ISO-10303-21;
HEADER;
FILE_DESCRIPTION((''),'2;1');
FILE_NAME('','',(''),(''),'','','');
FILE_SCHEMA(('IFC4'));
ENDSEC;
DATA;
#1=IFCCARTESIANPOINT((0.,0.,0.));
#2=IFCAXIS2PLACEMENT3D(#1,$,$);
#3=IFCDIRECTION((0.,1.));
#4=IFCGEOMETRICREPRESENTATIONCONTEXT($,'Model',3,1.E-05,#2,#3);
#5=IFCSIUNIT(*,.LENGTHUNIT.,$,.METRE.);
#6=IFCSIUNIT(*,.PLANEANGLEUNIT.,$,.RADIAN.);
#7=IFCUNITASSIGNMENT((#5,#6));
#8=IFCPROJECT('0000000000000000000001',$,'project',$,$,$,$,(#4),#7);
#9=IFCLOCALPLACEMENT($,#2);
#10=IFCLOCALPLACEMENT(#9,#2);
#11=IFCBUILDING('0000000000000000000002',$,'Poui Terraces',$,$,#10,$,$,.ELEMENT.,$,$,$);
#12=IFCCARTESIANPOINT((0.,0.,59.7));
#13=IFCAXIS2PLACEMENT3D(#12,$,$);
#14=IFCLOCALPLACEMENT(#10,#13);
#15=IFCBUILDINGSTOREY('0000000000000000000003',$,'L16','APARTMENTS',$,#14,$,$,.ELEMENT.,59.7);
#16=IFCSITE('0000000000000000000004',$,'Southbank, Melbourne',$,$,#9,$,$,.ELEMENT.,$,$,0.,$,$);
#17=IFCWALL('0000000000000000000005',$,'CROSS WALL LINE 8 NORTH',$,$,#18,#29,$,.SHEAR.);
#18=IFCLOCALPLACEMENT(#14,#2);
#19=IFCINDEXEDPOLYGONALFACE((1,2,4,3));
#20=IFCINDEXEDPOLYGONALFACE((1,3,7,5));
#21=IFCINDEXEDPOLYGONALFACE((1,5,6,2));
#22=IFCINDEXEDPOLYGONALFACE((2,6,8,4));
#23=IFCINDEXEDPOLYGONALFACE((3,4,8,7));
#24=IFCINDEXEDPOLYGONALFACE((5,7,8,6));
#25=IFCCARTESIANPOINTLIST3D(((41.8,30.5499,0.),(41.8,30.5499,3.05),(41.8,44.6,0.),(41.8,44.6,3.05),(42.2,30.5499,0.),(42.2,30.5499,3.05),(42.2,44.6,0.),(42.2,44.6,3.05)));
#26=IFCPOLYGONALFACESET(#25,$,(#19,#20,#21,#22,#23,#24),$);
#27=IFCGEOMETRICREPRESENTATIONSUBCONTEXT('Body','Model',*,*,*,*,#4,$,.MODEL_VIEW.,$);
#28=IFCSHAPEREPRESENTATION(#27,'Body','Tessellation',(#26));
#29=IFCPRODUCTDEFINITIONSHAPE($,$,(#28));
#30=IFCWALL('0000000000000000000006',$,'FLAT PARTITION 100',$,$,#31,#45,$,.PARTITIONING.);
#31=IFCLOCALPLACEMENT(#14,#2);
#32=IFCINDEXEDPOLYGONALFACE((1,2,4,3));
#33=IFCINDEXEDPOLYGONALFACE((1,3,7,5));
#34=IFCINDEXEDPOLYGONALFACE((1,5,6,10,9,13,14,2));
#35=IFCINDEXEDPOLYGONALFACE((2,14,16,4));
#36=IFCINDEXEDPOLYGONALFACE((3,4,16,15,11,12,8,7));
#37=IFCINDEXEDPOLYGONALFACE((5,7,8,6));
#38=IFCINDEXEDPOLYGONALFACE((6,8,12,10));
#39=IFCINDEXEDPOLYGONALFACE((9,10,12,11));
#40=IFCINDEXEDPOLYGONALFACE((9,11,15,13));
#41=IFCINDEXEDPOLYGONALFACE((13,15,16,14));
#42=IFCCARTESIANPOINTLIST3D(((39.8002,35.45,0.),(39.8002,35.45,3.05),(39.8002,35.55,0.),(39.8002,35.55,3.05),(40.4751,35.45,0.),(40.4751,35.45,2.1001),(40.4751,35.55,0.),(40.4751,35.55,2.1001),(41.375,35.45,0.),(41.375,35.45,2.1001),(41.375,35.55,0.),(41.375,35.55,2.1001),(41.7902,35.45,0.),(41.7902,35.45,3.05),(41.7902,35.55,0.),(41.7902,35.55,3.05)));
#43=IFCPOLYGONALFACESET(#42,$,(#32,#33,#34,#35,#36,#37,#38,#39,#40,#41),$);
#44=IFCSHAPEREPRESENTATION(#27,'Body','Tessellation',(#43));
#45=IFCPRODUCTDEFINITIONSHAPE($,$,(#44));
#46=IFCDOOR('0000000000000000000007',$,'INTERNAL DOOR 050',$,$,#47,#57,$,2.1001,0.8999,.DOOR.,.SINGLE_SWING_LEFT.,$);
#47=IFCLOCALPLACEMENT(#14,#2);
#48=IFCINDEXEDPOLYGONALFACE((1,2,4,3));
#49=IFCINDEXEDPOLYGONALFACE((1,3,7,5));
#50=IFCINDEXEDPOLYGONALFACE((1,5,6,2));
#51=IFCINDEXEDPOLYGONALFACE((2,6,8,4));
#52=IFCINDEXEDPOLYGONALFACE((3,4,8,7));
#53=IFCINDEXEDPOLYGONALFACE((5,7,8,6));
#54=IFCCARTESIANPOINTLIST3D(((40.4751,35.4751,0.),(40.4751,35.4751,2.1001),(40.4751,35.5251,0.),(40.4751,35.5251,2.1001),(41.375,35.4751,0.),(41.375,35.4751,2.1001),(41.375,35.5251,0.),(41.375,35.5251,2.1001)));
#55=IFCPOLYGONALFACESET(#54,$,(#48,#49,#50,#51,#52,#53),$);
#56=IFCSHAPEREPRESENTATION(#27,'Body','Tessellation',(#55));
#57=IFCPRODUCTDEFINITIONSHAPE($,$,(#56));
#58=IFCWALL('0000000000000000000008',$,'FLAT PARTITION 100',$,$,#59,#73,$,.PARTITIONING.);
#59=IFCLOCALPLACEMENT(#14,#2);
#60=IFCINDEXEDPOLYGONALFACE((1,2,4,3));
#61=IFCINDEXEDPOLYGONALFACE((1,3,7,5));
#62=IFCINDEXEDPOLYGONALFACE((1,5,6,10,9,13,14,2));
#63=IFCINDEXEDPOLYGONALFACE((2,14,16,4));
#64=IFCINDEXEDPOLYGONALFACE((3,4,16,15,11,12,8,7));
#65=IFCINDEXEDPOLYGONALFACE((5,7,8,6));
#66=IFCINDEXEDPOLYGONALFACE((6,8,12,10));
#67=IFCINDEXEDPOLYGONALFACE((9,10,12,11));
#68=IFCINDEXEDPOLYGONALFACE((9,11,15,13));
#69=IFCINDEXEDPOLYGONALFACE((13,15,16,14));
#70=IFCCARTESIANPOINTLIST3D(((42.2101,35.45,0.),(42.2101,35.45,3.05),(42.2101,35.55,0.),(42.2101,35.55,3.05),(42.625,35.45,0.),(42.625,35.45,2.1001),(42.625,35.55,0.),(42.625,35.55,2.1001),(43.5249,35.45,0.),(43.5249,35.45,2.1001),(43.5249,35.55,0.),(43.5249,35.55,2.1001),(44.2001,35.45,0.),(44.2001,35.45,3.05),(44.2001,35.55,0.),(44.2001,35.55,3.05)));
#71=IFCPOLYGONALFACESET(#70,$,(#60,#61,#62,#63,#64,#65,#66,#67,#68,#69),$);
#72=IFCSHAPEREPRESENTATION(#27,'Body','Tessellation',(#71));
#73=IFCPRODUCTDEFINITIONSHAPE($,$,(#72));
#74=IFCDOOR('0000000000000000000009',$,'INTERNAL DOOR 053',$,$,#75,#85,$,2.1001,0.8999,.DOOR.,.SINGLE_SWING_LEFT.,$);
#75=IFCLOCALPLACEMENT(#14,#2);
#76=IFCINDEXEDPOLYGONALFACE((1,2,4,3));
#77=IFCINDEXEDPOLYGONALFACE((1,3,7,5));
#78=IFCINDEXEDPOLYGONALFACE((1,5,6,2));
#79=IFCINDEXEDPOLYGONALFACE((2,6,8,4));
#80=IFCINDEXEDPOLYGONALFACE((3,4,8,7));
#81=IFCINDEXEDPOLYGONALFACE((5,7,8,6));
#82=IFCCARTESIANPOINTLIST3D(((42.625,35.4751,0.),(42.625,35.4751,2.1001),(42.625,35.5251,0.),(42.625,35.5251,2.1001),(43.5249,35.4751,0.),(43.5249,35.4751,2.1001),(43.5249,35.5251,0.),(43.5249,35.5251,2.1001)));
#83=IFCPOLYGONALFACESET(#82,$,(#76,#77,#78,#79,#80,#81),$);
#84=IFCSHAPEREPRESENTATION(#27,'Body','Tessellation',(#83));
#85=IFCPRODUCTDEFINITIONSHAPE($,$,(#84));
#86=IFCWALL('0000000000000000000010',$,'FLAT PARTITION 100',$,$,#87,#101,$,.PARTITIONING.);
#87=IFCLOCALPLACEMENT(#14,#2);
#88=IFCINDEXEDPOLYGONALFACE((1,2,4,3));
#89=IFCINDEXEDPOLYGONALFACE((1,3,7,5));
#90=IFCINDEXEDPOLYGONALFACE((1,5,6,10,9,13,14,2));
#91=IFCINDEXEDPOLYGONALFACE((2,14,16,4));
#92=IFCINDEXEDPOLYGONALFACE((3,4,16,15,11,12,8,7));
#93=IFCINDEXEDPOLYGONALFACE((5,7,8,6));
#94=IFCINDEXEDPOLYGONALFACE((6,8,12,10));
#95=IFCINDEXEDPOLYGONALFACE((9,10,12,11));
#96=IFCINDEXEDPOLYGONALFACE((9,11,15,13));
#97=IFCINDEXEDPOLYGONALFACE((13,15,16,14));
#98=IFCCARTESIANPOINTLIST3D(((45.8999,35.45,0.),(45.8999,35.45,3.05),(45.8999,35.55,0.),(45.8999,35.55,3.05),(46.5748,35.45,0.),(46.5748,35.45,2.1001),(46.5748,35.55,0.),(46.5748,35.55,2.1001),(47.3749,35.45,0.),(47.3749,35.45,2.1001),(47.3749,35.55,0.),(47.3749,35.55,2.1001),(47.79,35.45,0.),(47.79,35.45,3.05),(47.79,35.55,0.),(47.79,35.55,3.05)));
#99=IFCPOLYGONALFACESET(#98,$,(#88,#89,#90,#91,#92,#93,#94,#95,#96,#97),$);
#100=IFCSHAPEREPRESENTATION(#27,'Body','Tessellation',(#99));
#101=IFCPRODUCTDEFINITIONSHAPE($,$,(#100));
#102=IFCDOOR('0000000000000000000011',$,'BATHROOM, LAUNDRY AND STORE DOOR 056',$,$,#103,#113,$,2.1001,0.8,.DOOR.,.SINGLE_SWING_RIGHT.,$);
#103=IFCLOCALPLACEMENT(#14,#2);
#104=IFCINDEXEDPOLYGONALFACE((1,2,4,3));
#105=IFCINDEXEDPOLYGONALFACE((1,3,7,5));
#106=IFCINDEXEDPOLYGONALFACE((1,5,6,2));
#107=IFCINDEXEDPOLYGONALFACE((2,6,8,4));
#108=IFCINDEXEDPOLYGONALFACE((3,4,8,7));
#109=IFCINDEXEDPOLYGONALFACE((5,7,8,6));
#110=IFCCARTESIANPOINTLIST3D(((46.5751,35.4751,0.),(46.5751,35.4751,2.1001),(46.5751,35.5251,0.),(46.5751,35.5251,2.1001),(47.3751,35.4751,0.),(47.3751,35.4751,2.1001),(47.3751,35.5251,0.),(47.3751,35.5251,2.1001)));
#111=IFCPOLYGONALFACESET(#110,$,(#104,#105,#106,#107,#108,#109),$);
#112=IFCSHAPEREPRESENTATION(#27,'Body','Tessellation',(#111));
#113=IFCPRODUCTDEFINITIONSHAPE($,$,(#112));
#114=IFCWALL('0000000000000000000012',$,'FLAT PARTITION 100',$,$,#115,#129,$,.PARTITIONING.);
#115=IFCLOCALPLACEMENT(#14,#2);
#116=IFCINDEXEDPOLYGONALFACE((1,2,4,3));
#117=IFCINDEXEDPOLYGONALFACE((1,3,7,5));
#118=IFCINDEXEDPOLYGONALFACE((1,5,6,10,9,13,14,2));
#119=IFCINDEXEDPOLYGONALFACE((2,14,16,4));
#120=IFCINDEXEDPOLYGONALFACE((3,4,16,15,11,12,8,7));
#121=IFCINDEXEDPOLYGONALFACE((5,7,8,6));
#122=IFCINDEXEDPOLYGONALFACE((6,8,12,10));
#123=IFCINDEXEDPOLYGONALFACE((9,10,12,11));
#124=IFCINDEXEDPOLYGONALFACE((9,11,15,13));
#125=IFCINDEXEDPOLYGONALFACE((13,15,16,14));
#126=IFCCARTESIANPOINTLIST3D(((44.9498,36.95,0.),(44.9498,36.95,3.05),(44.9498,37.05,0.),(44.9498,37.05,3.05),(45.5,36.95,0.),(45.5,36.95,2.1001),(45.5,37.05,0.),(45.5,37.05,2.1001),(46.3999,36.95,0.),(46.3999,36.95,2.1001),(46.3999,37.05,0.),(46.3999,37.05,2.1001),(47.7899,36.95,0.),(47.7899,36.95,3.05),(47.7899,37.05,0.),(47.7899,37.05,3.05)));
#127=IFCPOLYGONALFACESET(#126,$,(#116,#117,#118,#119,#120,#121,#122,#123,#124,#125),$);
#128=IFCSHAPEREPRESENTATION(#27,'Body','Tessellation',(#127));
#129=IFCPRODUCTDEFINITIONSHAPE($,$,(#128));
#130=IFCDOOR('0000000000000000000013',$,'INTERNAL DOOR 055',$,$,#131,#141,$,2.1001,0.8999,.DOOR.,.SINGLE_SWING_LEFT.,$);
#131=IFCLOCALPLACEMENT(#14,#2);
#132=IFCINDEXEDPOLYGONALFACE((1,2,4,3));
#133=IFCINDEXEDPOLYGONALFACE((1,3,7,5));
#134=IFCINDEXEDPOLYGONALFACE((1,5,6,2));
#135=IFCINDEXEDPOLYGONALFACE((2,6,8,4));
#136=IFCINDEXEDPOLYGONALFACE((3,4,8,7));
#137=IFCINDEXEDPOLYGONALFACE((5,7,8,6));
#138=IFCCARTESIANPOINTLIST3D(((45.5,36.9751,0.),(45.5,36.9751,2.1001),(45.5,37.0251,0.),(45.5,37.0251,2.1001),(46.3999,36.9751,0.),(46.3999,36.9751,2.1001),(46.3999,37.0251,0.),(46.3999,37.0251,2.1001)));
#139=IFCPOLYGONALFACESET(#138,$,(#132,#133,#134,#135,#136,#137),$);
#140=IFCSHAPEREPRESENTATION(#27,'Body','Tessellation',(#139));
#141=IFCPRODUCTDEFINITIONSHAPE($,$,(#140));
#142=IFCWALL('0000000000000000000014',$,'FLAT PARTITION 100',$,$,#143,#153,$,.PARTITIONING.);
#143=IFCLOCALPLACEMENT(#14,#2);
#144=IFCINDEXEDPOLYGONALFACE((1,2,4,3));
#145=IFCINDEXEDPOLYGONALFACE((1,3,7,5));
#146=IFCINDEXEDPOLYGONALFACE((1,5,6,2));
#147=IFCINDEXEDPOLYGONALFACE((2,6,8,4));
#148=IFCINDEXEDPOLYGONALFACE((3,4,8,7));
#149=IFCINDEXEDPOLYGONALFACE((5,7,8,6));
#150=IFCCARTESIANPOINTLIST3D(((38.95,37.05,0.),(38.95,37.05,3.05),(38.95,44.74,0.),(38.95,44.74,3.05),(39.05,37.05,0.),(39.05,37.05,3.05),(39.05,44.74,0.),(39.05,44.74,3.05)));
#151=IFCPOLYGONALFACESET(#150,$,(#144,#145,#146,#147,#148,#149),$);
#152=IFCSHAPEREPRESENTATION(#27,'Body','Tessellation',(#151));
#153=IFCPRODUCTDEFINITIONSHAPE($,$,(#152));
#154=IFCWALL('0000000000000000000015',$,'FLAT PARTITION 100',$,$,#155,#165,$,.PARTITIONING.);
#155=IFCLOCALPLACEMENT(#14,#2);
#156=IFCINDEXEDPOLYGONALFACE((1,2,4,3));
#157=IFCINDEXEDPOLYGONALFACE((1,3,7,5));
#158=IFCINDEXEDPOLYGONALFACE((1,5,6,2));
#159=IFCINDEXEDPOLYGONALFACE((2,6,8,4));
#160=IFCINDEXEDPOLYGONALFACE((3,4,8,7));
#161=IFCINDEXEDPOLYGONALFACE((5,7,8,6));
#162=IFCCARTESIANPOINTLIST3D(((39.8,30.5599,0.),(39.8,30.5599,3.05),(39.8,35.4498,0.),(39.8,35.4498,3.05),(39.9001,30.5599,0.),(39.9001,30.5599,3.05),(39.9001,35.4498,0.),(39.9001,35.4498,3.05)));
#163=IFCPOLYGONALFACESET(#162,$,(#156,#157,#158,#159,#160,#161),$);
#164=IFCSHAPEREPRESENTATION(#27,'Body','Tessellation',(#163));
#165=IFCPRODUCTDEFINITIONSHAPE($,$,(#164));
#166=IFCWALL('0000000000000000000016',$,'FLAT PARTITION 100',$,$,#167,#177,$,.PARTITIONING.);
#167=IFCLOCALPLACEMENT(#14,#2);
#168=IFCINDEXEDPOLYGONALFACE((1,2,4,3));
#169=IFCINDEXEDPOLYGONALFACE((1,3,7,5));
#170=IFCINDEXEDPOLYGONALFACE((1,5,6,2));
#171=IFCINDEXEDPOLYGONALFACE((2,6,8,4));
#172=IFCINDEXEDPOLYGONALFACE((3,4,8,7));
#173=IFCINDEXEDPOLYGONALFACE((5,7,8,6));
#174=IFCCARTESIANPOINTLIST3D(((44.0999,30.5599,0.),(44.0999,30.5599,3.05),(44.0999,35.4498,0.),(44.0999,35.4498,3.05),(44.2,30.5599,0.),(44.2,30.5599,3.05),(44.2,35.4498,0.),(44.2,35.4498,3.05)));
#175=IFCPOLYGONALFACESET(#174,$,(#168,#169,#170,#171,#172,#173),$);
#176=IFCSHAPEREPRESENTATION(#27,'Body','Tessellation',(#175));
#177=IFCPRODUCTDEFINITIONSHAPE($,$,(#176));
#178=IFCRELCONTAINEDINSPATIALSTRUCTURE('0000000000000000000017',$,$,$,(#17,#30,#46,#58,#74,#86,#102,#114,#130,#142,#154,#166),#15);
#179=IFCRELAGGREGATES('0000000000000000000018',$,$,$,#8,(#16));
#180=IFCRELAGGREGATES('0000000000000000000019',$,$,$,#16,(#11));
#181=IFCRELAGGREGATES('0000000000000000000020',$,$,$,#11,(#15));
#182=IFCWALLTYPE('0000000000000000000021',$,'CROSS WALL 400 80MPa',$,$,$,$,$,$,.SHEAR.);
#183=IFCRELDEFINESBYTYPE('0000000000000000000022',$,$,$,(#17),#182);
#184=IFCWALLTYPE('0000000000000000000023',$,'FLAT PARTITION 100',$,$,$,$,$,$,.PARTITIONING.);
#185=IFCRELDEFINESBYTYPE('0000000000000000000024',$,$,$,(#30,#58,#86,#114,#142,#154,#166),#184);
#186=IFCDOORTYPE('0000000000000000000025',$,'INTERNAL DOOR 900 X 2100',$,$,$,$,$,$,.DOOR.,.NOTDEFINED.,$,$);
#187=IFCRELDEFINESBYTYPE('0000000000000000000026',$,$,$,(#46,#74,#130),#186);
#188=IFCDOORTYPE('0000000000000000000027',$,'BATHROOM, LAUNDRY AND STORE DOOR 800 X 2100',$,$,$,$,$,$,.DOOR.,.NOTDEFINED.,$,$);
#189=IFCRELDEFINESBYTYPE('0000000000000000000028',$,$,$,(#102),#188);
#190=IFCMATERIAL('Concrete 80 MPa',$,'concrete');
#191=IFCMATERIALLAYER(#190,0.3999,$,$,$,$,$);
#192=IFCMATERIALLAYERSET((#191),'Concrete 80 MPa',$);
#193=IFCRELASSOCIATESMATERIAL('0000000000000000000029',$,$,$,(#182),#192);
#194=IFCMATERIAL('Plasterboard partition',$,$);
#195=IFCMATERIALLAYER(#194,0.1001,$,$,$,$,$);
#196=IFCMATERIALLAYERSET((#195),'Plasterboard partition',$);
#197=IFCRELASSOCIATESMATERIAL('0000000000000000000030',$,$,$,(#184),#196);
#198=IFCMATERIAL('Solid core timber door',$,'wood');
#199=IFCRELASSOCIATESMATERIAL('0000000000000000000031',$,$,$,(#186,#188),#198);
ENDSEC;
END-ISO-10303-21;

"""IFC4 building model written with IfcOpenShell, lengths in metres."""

from ifc_helpers import new_model, si_unit, direction, frame, frame_2d, origin, place, context, subcontext, project, spatial, rectangle, extrude, material, layer, layer_set, type_object, element, fill, save


model = new_model("IFC4")

# Units and contexts
model_context = context("Model", 3, precision=1e-05, world=origin(), true_north=direction((0.0, 1.0)))
body_context = subcontext(model_context, "Body", "Model", "MODEL_VIEW")
ifc_project = project(units=[si_unit("LENGTHUNIT", "METRE"), si_unit("PLANEANGLEUNIT", "RADIAN")], contexts=[model_context])

# Site, building, storey
site_placement = place(None, origin())
site = spatial("IfcSite", under=ifc_project, at=site_placement, Name="Southbank, Melbourne", CompositionType="ELEMENT", RefElevation=0.0)
building_placement = place(site_placement, origin())
building = spatial("IfcBuilding", under=site, at=building_placement, Name="Poui Terraces", CompositionType="ELEMENT")
storey_placement = place(building_placement, frame((0.0, 0.0, 59.7)))
storey = spatial("IfcBuildingStorey", under=building, at=storey_placement, Name="L16", Description="APARTMENTS", CompositionType="ELEMENT", Elevation=59.7)

# Wall
ifc_material_1 = material(Name="Concrete 80 MPa", Category="concrete")
ifc_layer_1 = layer(ifc_material_1, 0.3999)
ifc_layer_set_1 = layer_set([ifc_layer_1], Name="Concrete 80 MPa")
wall_type_1 = type_object("IfcWallType", Name="CROSS WALL 400 80MPa", PredefinedType="SHEAR", material=ifc_layer_set_1)
wall_1_placement = place(storey_placement, frame((42.0, 30.55, 0.0), z_axis=(0.0, 0.0, 1.0), x_axis=(0.0, 1.0, 0.0)))
element("IfcWall", 1, at=wall_1_placement, inside=storey, type_object=wall_type_1, Name="CROSS WALL LINE 8 NORTH", PredefinedType="SHEAR", context=body_context, shape_type="SweptSolid", body=[
    extrude(rectangle(XDim=14.05, YDim=0.3999, at=frame_2d((7.0249, 0.0))), origin(), (0.0, 0.0, 1.0), 3.05),
])

# Walls, openings, doors
ifc_material_2 = material(Name="Plasterboard partition")
ifc_layer_2 = layer(ifc_material_2, 0.1001)
ifc_layer_set_2 = layer_set([ifc_layer_2], Name="Plasterboard partition")
wall_type_2 = type_object("IfcWallType", Name="FLAT PARTITION 100", PredefinedType="PARTITIONING", material=ifc_layer_set_2)
wall_2_placement = place(storey_placement, frame((39.8, 35.5, 0.0), z_axis=(0.0, 0.0, 1.0), x_axis=(1.0, 0.0, 0.0)))
wall_2 = element("IfcWall", 2, at=wall_2_placement, inside=storey, type_object=wall_type_2, Name="FLAT PARTITION 100", PredefinedType="PARTITIONING", context=body_context, shape_type="SweptSolid", body=[
    extrude(rectangle(XDim=1.99, YDim=0.1001, at=frame_2d((0.9951, 0.0))), origin(), (0.0, 0.0, 1.0), 3.05),
])
opening_1_placement = place(wall_2_placement, frame((0.675, 0.0, 0.0)))
opening_1 = element("IfcOpeningElement", 3, at=opening_1_placement, cuts=wall_2, PredefinedType="OPENING", context=body_context, shape_type="SweptSolid", body=[
    extrude(rectangle(XDim=0.8999, YDim=2.1001, at=frame_2d((0.45, 1.05))), frame((0.0, 0.0601, 0.0), z_axis=(0.0, -1.0, 0.0), x_axis=(1.0, 0.0, 0.0)), (0.0, 0.0, 1.0), 0.1201),
])
ifc_material_3 = material(Name="Solid core timber door", Category="wood")
door_type_1 = type_object("IfcDoorType", Name="INTERNAL DOOR 900 X 2100", OperationType="NOTDEFINED", PredefinedType="DOOR", material=ifc_material_3)
door_1_placement = place(opening_1_placement, frame((0.8999, 0.0, 0.0), z_axis=(0.0, 0.0, 1.0), x_axis=(-1.0, 0.0, 0.0)))
door_1 = element("IfcDoor", 4, at=door_1_placement, inside=storey, type_object=door_type_1, Name="INTERNAL DOOR 050", OperationType="SINGLE_SWING_LEFT", OverallHeight=2.1001, OverallWidth=0.8999, PredefinedType="DOOR", context=body_context, shape_type="SweptSolid", body=[
    extrude(rectangle(XDim=0.8999, YDim=2.1001, at=frame_2d((0.45, 1.05))), frame((0.0, 0.0249, 0.0), z_axis=(0.0, -1.0, 0.0), x_axis=(1.0, 0.0, 0.0)), (0.0, 0.0, 1.0), 0.05),
])
fill(opening_1, door_1)
wall_3_placement = place(storey_placement, frame((42.21, 35.5, 0.0), z_axis=(0.0, 0.0, 1.0), x_axis=(1.0, 0.0, 0.0)))
wall_3 = element("IfcWall", 5, at=wall_3_placement, inside=storey, type_object=wall_type_2, Name="FLAT PARTITION 100", PredefinedType="PARTITIONING", context=body_context, shape_type="SweptSolid", body=[
    extrude(rectangle(XDim=1.99, YDim=0.1001, at=frame_2d((0.9951, 0.0))), origin(), (0.0, 0.0, 1.0), 3.05),
])
opening_2_placement = place(wall_3_placement, frame((0.415, 0.0, 0.0)))
opening_2 = element("IfcOpeningElement", 6, at=opening_2_placement, cuts=wall_3, PredefinedType="OPENING", context=body_context, shape_type="SweptSolid", body=[
    extrude(rectangle(XDim=0.8999, YDim=2.1001, at=frame_2d((0.45, 1.05))), frame((0.0, 0.0601, 0.0), z_axis=(0.0, -1.0, 0.0), x_axis=(1.0, 0.0, 0.0)), (0.0, 0.0, 1.0), 0.1201),
])
door_2_placement = place(opening_2_placement, frame((0.8999, 0.0, 0.0), z_axis=(0.0, 0.0, 1.0), x_axis=(-1.0, 0.0, 0.0)))
door_2 = element("IfcDoor", 7, at=door_2_placement, inside=storey, type_object=door_type_1, Name="INTERNAL DOOR 053", OperationType="SINGLE_SWING_LEFT", OverallHeight=2.1001, OverallWidth=0.8999, PredefinedType="DOOR", context=body_context, shape_type="SweptSolid", body=[
    extrude(rectangle(XDim=0.8999, YDim=2.1001, at=frame_2d((0.45, 1.05))), frame((0.0, 0.0249, 0.0), z_axis=(0.0, -1.0, 0.0), x_axis=(1.0, 0.0, 0.0)), (0.0, 0.0, 1.0), 0.05),
])
fill(opening_2, door_2)
wall_4_placement = place(storey_placement, frame((45.8999, 35.5, 0.0), z_axis=(0.0, 0.0, 1.0), x_axis=(1.0, 0.0, 0.0)))
wall_4 = element("IfcWall", 8, at=wall_4_placement, inside=storey, type_object=wall_type_2, Name="FLAT PARTITION 100", PredefinedType="PARTITIONING", context=body_context, shape_type="SweptSolid", body=[
    extrude(rectangle(XDim=1.8901, YDim=0.1001, at=frame_2d((0.9451, 0.0))), origin(), (0.0, 0.0, 1.0), 3.05),
])
opening_3_placement = place(wall_4_placement, frame((0.675, 0.0, 0.0)))
opening_3 = element("IfcOpeningElement", 9, at=opening_3_placement, cuts=wall_4, PredefinedType="OPENING", context=body_context, shape_type="SweptSolid", body=[
    extrude(rectangle(XDim=0.8, YDim=2.1001, at=frame_2d((0.3999, 1.05))), frame((0.0, 0.0601, 0.0), z_axis=(0.0, -1.0, 0.0), x_axis=(1.0, 0.0, 0.0)), (0.0, 0.0, 1.0), 0.1201),
])
door_type_2 = type_object("IfcDoorType", Name="BATHROOM, LAUNDRY AND STORE DOOR 800 X 2100", OperationType="NOTDEFINED", PredefinedType="DOOR", material=ifc_material_3)
door_3_placement = place(opening_3_placement, frame((0.8, 0.0, 0.0), z_axis=(0.0, 0.0, 1.0), x_axis=(-1.0, 0.0, 0.0)))
door_3 = element("IfcDoor", 10, at=door_3_placement, inside=storey, type_object=door_type_2, Name="BATHROOM, LAUNDRY AND STORE DOOR 056", OperationType="SINGLE_SWING_RIGHT", OverallHeight=2.1001, OverallWidth=0.8, PredefinedType="DOOR", context=body_context, shape_type="SweptSolid", body=[
    extrude(rectangle(XDim=0.8, YDim=2.1001, at=frame_2d((0.3999, 1.05))), frame((0.0, 0.0249, 0.0), z_axis=(0.0, -1.0, 0.0), x_axis=(1.0, 0.0, 0.0)), (0.0, 0.0, 1.0), 0.05),
])
fill(opening_3, door_3)
wall_5_placement = place(storey_placement, frame((44.95, 37.0, 0.0), z_axis=(0.0, 0.0, 1.0), x_axis=(1.0, 0.0, 0.0)))
wall_5 = element("IfcWall", 11, at=wall_5_placement, inside=storey, type_object=wall_type_2, Name="FLAT PARTITION 100", PredefinedType="PARTITIONING", context=body_context, shape_type="SweptSolid", body=[
    extrude(rectangle(XDim=2.8401, YDim=0.1001, at=frame_2d((1.4199, 0.0))), origin(), (0.0, 0.0, 1.0), 3.05),
])
opening_4_placement = place(wall_5_placement, frame((0.55, 0.0, 0.0)))
opening_4 = element("IfcOpeningElement", 12, at=opening_4_placement, cuts=wall_5, PredefinedType="OPENING", context=body_context, shape_type="SweptSolid", body=[
    extrude(rectangle(XDim=0.8999, YDim=2.1001, at=frame_2d((0.45, 1.05))), frame((0.0, 0.0601, 0.0), z_axis=(0.0, -1.0, 0.0), x_axis=(1.0, 0.0, 0.0)), (0.0, 0.0, 1.0), 0.1201),
])
door_4_placement = place(opening_4_placement, frame((0.8999, 0.0, 0.0), z_axis=(0.0, 0.0, 1.0), x_axis=(-1.0, 0.0, 0.0)))
door_4 = element("IfcDoor", 13, at=door_4_placement, inside=storey, type_object=door_type_1, Name="INTERNAL DOOR 055", OperationType="SINGLE_SWING_LEFT", OverallHeight=2.1001, OverallWidth=0.8999, PredefinedType="DOOR", context=body_context, shape_type="SweptSolid", body=[
    extrude(rectangle(XDim=0.8999, YDim=2.1001, at=frame_2d((0.45, 1.05))), frame((0.0, 0.0249, 0.0), z_axis=(0.0, -1.0, 0.0), x_axis=(1.0, 0.0, 0.0)), (0.0, 0.0, 1.0), 0.05),
])
fill(opening_4, door_4)

# Walls
wall_6_placement = place(storey_placement, frame((39.0, 37.05, 0.0), z_axis=(0.0, 0.0, 1.0), x_axis=(0.0, 1.0, 0.0)))
element("IfcWall", 14, at=wall_6_placement, inside=storey, type_object=wall_type_2, Name="FLAT PARTITION 100", PredefinedType="PARTITIONING", context=body_context, shape_type="SweptSolid", body=[
    extrude(rectangle(XDim=7.6899, YDim=0.1001, at=frame_2d((3.845, 0.0))), origin(), (0.0, 0.0, 1.0), 3.05),
])
for number, where, z_axis, x_axis, name in (
    (15, (39.8501, 30.5601, 0.0), (0.0, 0.0, 1.0), (0.0, 1.0, 0.0), "FLAT PARTITION 100"),
    (16, (44.1499, 30.5601, 0.0), (0.0, 0.0, 1.0), (0.0, 1.0, 0.0), "FLAT PARTITION 100"),
):
    element("IfcWall", number, at=place(storey_placement, frame(where, z_axis=z_axis, x_axis=x_axis)), inside=storey, type_object=wall_type_2, Name=name, PredefinedType="PARTITIONING", context=body_context, shape_type="SweptSolid", body=[
        extrude(rectangle(XDim=4.8899, YDim=0.1001, at=frame_2d((2.4448, 0.0))), origin(), (0.0, 0.0, 1.0), 3.05),
    ])

save(model, "model.ifc")
